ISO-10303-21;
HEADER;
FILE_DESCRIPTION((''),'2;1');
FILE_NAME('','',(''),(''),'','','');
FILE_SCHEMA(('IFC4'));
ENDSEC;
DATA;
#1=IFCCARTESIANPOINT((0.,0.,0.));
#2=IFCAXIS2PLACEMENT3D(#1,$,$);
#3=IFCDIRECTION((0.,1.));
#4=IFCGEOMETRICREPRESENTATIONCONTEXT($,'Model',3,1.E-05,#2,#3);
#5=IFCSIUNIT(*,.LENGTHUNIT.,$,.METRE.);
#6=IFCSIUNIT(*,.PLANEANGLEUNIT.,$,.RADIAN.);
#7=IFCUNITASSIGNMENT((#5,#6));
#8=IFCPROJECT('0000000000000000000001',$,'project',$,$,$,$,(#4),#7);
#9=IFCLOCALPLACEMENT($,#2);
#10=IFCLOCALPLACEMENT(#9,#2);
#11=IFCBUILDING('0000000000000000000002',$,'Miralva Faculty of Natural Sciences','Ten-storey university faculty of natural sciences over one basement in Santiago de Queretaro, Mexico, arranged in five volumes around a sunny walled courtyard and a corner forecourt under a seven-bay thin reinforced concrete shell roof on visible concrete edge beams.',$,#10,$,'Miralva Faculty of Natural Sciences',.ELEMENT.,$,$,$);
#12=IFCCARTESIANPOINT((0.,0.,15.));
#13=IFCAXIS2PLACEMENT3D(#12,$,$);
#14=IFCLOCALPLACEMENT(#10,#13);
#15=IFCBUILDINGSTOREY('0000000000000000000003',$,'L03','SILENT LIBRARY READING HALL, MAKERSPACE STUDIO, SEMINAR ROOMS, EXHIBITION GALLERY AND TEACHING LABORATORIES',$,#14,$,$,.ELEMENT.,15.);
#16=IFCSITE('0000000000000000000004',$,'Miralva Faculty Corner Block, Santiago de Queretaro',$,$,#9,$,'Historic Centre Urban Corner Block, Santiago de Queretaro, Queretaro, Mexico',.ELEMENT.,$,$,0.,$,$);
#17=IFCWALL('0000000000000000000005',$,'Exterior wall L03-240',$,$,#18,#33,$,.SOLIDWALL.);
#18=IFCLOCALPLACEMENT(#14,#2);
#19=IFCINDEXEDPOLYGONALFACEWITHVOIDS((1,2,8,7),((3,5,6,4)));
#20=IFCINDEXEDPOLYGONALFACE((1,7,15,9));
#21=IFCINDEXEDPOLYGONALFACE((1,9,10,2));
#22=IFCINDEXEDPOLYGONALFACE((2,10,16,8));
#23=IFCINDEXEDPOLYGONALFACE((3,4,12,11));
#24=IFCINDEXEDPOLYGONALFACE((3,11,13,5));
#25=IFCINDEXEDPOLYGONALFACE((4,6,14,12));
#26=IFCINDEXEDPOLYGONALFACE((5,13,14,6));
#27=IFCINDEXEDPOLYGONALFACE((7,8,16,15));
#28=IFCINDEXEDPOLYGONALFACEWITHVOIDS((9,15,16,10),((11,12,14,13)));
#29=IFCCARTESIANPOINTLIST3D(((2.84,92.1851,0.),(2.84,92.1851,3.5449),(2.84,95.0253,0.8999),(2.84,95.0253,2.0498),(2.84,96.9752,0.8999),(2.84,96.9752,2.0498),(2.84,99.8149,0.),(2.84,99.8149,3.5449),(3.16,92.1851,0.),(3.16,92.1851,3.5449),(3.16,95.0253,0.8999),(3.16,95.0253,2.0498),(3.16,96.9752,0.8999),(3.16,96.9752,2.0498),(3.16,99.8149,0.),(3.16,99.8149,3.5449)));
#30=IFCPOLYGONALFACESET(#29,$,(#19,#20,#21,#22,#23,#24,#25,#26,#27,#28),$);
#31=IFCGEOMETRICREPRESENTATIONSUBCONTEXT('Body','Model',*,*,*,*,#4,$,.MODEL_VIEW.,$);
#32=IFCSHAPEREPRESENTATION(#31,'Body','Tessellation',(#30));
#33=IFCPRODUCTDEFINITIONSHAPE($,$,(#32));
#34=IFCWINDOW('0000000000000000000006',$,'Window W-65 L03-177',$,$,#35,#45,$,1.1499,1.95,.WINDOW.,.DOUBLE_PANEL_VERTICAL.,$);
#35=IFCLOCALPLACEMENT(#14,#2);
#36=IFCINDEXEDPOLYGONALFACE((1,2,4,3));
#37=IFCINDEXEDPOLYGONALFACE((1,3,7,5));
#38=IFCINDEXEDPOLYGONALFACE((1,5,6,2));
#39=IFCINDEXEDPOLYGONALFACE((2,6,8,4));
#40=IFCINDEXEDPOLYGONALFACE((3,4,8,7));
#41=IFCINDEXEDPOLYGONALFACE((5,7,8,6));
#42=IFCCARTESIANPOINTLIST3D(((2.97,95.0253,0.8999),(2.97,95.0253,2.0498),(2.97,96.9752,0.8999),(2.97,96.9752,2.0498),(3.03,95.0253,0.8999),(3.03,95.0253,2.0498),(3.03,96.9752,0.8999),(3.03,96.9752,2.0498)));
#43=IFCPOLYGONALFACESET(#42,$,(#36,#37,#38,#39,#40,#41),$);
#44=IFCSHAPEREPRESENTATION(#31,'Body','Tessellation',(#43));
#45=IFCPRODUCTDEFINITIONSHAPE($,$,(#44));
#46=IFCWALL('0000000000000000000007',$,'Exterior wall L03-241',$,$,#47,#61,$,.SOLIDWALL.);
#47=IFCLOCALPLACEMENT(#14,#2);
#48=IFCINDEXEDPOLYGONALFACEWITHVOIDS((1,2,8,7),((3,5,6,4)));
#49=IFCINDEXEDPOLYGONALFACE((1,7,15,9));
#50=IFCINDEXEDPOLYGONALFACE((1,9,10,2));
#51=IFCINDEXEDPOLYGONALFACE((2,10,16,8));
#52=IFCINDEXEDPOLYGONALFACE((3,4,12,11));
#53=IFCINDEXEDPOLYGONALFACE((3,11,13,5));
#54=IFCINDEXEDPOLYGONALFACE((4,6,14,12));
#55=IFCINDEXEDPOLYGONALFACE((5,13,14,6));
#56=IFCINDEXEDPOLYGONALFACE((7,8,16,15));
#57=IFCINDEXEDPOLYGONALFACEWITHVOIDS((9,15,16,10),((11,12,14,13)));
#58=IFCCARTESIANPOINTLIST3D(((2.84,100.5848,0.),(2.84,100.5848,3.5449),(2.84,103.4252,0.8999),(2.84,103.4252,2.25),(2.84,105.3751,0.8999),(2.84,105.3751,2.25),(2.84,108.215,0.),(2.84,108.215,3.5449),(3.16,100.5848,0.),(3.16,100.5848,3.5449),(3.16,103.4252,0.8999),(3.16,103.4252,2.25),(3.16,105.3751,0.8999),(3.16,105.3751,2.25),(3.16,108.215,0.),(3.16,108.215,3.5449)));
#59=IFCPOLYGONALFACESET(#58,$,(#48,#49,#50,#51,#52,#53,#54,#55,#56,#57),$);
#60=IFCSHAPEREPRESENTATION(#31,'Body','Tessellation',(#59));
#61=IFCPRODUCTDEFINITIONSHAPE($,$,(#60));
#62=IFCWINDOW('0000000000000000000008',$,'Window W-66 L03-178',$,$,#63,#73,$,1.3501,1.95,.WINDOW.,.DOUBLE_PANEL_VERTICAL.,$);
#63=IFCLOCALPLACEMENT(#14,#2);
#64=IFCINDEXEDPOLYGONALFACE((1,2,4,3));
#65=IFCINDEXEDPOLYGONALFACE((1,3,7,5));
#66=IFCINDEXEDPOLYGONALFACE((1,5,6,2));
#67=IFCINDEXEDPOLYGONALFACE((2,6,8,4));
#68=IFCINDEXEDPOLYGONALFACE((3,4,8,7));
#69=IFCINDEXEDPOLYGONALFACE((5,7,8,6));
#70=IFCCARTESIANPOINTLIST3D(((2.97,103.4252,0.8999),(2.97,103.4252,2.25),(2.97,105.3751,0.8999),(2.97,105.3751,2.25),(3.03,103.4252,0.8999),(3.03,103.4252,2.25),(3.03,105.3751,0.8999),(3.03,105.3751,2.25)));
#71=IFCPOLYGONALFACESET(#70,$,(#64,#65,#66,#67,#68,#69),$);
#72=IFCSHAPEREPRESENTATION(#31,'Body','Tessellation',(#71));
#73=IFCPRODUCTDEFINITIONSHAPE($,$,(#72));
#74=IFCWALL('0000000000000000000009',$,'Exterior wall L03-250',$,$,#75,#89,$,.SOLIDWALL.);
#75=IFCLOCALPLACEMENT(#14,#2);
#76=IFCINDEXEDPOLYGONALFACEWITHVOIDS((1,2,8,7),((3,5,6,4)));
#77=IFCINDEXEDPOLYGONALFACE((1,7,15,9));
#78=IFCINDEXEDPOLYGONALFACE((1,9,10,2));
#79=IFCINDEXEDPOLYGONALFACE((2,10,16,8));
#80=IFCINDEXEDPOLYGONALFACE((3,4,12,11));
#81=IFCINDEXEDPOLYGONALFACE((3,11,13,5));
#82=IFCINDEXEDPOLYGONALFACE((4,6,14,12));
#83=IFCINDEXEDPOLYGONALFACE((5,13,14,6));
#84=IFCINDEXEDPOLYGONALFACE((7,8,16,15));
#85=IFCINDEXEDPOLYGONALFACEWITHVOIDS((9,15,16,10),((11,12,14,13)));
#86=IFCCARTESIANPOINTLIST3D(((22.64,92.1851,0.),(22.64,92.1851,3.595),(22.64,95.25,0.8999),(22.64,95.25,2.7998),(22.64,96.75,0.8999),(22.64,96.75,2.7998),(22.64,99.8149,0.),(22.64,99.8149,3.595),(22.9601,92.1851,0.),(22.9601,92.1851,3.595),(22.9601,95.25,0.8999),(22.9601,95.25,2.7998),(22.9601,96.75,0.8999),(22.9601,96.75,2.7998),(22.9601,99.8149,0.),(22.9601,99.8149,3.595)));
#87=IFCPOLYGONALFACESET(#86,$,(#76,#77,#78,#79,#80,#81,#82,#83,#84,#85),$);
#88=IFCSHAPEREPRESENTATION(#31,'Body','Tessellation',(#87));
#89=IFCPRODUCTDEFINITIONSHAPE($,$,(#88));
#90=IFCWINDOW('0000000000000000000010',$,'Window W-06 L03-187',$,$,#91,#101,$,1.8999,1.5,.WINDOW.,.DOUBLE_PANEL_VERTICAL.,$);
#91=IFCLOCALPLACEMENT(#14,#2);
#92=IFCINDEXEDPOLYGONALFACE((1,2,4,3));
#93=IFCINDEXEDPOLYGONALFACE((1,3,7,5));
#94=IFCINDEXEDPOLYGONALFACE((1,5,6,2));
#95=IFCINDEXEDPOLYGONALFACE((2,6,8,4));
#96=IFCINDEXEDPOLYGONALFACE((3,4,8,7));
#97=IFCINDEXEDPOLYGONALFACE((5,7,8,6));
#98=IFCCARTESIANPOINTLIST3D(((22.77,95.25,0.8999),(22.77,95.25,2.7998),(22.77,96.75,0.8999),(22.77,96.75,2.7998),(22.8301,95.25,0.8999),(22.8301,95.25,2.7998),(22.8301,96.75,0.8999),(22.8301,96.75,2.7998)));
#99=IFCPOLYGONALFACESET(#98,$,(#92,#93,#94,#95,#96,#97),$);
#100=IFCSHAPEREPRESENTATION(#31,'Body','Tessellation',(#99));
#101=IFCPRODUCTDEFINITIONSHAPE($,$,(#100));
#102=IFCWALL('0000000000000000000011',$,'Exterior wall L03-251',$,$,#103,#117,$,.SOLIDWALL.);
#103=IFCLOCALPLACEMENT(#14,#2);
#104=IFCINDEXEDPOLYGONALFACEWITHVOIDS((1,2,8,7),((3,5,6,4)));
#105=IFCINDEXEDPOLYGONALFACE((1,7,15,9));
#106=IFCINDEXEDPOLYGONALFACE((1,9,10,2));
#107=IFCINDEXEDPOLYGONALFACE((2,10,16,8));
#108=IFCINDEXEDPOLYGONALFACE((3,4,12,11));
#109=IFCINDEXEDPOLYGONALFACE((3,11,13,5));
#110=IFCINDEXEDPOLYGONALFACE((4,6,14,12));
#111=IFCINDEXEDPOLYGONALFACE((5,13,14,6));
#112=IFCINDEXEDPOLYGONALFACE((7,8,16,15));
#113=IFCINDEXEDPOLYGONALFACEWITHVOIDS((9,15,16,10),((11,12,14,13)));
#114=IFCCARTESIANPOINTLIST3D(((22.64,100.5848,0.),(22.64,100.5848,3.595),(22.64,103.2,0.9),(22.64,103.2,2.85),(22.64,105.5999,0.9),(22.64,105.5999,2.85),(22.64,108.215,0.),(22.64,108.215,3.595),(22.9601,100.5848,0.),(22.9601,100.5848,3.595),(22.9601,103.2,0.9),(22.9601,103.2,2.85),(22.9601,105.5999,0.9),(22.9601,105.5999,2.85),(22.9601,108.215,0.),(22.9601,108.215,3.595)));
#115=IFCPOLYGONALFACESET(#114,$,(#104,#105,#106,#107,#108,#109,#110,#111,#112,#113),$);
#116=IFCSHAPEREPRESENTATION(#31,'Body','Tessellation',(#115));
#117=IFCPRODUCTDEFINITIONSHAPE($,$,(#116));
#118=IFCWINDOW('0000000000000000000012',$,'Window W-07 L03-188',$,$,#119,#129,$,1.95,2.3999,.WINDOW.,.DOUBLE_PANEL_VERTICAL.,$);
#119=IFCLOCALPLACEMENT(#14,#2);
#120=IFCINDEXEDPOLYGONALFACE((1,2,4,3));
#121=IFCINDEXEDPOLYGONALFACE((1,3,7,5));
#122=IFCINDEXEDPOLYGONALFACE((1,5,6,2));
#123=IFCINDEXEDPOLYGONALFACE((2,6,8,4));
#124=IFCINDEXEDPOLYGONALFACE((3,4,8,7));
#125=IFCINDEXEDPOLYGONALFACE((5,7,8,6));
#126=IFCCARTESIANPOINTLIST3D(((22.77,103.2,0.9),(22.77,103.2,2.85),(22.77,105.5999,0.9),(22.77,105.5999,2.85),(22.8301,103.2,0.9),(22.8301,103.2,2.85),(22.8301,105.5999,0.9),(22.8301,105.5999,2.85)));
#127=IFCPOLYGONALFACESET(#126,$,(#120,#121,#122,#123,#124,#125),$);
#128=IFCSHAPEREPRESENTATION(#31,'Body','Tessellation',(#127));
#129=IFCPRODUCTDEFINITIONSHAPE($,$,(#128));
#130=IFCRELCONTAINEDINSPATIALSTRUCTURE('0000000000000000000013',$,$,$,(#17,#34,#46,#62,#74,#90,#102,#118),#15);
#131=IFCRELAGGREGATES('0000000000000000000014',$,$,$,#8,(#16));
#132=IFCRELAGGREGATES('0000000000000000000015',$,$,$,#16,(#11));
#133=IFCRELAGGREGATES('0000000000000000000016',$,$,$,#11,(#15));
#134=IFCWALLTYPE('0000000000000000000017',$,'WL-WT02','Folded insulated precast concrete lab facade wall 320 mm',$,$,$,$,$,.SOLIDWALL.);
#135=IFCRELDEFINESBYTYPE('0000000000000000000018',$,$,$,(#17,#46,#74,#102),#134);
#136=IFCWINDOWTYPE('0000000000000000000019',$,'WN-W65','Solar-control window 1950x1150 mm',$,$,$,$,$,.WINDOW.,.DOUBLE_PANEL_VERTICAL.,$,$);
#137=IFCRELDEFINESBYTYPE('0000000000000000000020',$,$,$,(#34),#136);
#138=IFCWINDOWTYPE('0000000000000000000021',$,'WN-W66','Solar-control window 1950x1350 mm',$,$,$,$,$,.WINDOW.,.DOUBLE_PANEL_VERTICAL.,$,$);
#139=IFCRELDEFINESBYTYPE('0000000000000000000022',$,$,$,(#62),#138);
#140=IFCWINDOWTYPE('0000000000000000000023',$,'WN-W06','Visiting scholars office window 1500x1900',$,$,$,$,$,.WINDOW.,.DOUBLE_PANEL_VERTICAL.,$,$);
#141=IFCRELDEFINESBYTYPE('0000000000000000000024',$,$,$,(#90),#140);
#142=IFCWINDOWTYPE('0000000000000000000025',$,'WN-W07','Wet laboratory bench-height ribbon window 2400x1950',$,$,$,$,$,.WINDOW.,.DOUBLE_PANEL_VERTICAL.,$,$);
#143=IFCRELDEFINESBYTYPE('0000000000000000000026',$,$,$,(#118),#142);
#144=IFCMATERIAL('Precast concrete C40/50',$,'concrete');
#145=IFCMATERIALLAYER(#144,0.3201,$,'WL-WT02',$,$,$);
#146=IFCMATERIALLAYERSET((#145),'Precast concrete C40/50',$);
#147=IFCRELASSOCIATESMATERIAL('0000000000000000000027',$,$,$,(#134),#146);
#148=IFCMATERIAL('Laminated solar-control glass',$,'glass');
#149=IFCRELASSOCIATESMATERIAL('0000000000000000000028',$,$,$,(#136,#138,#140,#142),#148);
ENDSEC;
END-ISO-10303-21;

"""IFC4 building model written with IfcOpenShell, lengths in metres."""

from ifc_helpers import new_model, si_unit, direction, frame, frame_2d, origin, place, context, subcontext, project, spatial, rectangle, extrude, material, layer, layer_set, type_object, element, fill, save


model = new_model("IFC4")

# Units and contexts
model_context = context("Model", 3, precision=1e-05, world=origin(), true_north=direction((0.0, 1.0)))
body_context = subcontext(model_context, "Body", "Model", "MODEL_VIEW")
ifc_project = project(units=[si_unit("LENGTHUNIT", "METRE"), si_unit("PLANEANGLEUNIT", "RADIAN")], contexts=[model_context])

# Site, building, storey
site_placement = place(None, origin())
site = spatial("IfcSite", under=ifc_project, at=site_placement, Name="Miralva Faculty Corner Block, Santiago de Queretaro", LongName="Historic Centre Urban Corner Block, Santiago de Queretaro, Queretaro, Mexico", CompositionType="ELEMENT", RefElevation=0.0)
building_placement = place(site_placement, origin())
building = spatial("IfcBuilding", under=site, at=building_placement, Name="Miralva Faculty of Natural Sciences", Description="Ten-storey university faculty of natural sciences over one basement in Santiago de Queretaro, Mexico, arranged in five volumes around a sunny walled courtyard and a corner forecourt under a seven-bay thin reinforced concrete shell roof on visible concrete edge beams.", LongName="Miralva Faculty of Natural Sciences", CompositionType="ELEMENT")
storey_placement = place(building_placement, frame((0.0, 0.0, 15.0)))
storey = spatial("IfcBuildingStorey", under=building, at=storey_placement, Name="L03", Description="SILENT LIBRARY READING HALL, MAKERSPACE STUDIO, SEMINAR ROOMS, EXHIBITION GALLERY AND TEACHING LABORATORIES", CompositionType="ELEMENT", Elevation=15.0)

# Walls, openings, windows
ifc_material_1 = material(Name="Precast concrete C40/50", Category="concrete")
ifc_layer = layer(ifc_material_1, 0.3201, Name="WL-WT02")
ifc_layer_set = layer_set([ifc_layer], Name="Precast concrete C40/50")
wall_type = type_object("IfcWallType", Name="WL-WT02", Description="Folded insulated precast concrete lab facade wall 320 mm", PredefinedType="SOLIDWALL", material=ifc_layer_set)
wall_1_placement = place(storey_placement, frame((3.0, 92.1851, 0.0), z_axis=(0.0, 0.0, 1.0), x_axis=(0.0, 1.0, 0.0)))
wall_1 = element("IfcWall", 1, at=wall_1_placement, inside=storey, type_object=wall_type, Name="Exterior wall L03-240", PredefinedType="SOLIDWALL", context=body_context, shape_type="SweptSolid", body=[
    extrude(rectangle(XDim=7.6299, YDim=0.3201, at=frame_2d((3.8149, 0.0))), origin(), (0.0, 0.0, 1.0), 3.5449),
])
opening_1_placement = place(wall_1_placement, frame((2.8401, 0.0, 0.8999)))
opening_1 = element("IfcOpeningElement", 2, at=opening_1_placement, cuts=wall_1, PredefinedType="OPENING", context=body_context, shape_type="SweptSolid", body=[
    extrude(rectangle(XDim=1.95, YDim=1.1499, at=frame_2d((0.9751, 0.575))), frame((0.0, 0.1699, 0.0), z_axis=(0.0, -1.0, 0.0), x_axis=(1.0, 0.0, 0.0)), (0.0, 0.0, 1.0), 0.3401),
])
ifc_material_2 = material(Name="Laminated solar-control glass", Category="glass")
window_type_1 = type_object("IfcWindowType", Name="WN-W65", Description="Solar-control window 1950x1150 mm", PartitioningType="DOUBLE_PANEL_VERTICAL", PredefinedType="WINDOW", material=ifc_material_2)
window_1_placement = place(opening_1_placement, origin())
window_1 = element("IfcWindow", 3, at=window_1_placement, inside=storey, type_object=window_type_1, Name="Window W-65 L03-177", OverallHeight=1.1499, OverallWidth=1.95, PartitioningType="DOUBLE_PANEL_VERTICAL", PredefinedType="WINDOW", context=body_context, shape_type="SweptSolid", body=[
    extrude(rectangle(XDim=1.95, YDim=1.1499, at=frame_2d((0.9751, 0.575))), frame((0.0, 0.03, 0.0), z_axis=(0.0, -1.0, 0.0), x_axis=(1.0, 0.0, 0.0)), (0.0, 0.0, 1.0), 0.0601),
])
fill(opening_1, window_1)
wall_2_placement = place(storey_placement, frame((3.0, 100.585, 0.0), z_axis=(0.0, 0.0, 1.0), x_axis=(0.0, 1.0, 0.0)))
wall_2 = element("IfcWall", 4, at=wall_2_placement, inside=storey, type_object=wall_type, Name="Exterior wall L03-241", PredefinedType="SOLIDWALL", context=body_context, shape_type="SweptSolid", body=[
    extrude(rectangle(XDim=7.6301, YDim=0.3201, at=frame_2d((3.8149, 0.0))), origin(), (0.0, 0.0, 1.0), 3.5449),
])
opening_2_placement = place(wall_2_placement, frame((2.8401, 0.0, 0.8999)))
opening_2 = element("IfcOpeningElement", 5, at=opening_2_placement, cuts=wall_2, PredefinedType="OPENING", context=body_context, shape_type="SweptSolid", body=[
    extrude(rectangle(XDim=1.95, YDim=1.3501, at=frame_2d((0.9751, 0.675))), frame((0.0, 0.1699, 0.0), z_axis=(0.0, -1.0, 0.0), x_axis=(1.0, 0.0, 0.0)), (0.0, 0.0, 1.0), 0.3401),
])
window_type_2 = type_object("IfcWindowType", Name="WN-W66", Description="Solar-control window 1950x1350 mm", PartitioningType="DOUBLE_PANEL_VERTICAL", PredefinedType="WINDOW", material=ifc_material_2)
window_2_placement = place(opening_2_placement, origin())
window_2 = element("IfcWindow", 6, at=window_2_placement, inside=storey, type_object=window_type_2, Name="Window W-66 L03-178", OverallHeight=1.3501, OverallWidth=1.95, PartitioningType="DOUBLE_PANEL_VERTICAL", PredefinedType="WINDOW", context=body_context, shape_type="SweptSolid", body=[
    extrude(rectangle(XDim=1.95, YDim=1.3501, at=frame_2d((0.9751, 0.675))), frame((0.0, 0.03, 0.0), z_axis=(0.0, -1.0, 0.0), x_axis=(1.0, 0.0, 0.0)), (0.0, 0.0, 1.0), 0.0601),
])
fill(opening_2, window_2)
wall_3_placement = place(storey_placement, frame((22.8, 92.1851, 0.0), z_axis=(0.0, 0.0, 1.0), x_axis=(0.0, 1.0, 0.0)))
wall_3 = element("IfcWall", 7, at=wall_3_placement, inside=storey, type_object=wall_type, Name="Exterior wall L03-250", PredefinedType="SOLIDWALL", context=body_context, shape_type="SweptSolid", body=[
    extrude(rectangle(XDim=7.6299, YDim=0.3201, at=frame_2d((3.8149, 0.0))), origin(), (0.0, 0.0, 1.0), 3.595),
])
opening_3_placement = place(wall_3_placement, frame((3.0649, 0.0, 0.8999)))
opening_3 = element("IfcOpeningElement", 8, at=opening_3_placement, cuts=wall_3, PredefinedType="OPENING", context=body_context, shape_type="SweptSolid", body=[
    extrude(rectangle(XDim=1.5, YDim=1.8999, at=frame_2d((0.75, 0.95))), frame((0.0, 0.1699, 0.0), z_axis=(0.0, -1.0, 0.0), x_axis=(1.0, 0.0, 0.0)), (0.0, 0.0, 1.0), 0.3401),
])
window_type_3 = type_object("IfcWindowType", Name="WN-W06", Description="Visiting scholars office window 1500x1900", PartitioningType="DOUBLE_PANEL_VERTICAL", PredefinedType="WINDOW", material=ifc_material_2)
window_3_placement = place(opening_3_placement, frame((1.5, 0.0, 0.0), z_axis=(0.0, 0.0, 1.0), x_axis=(-1.0, 0.0, 0.0)))
window_3 = element("IfcWindow", 9, at=window_3_placement, inside=storey, type_object=window_type_3, Name="Window W-06 L03-187", OverallHeight=1.8999, OverallWidth=1.5, PartitioningType="DOUBLE_PANEL_VERTICAL", PredefinedType="WINDOW", context=body_context, shape_type="SweptSolid", body=[
    extrude(rectangle(XDim=1.5, YDim=1.8999, at=frame_2d((0.75, 0.95))), frame((0.0, 0.03, 0.0), z_axis=(0.0, -1.0, 0.0), x_axis=(1.0, 0.0, 0.0)), (0.0, 0.0, 1.0), 0.0601),
])
fill(opening_3, window_3)
wall_4_placement = place(storey_placement, frame((22.8, 100.585, 0.0), z_axis=(0.0, 0.0, 1.0), x_axis=(0.0, 1.0, 0.0)))
wall_4 = element("IfcWall", 10, at=wall_4_placement, inside=storey, type_object=wall_type, Name="Exterior wall L03-251", PredefinedType="SOLIDWALL", context=body_context, shape_type="SweptSolid", body=[
    extrude(rectangle(XDim=7.6301, YDim=0.3201, at=frame_2d((3.8149, 0.0))), origin(), (0.0, 0.0, 1.0), 3.595),
])
opening_4_placement = place(wall_4_placement, frame((2.615, 0.0, 0.8999)))
opening_4 = element("IfcOpeningElement", 11, at=opening_4_placement, cuts=wall_4, PredefinedType="OPENING", context=body_context, shape_type="SweptSolid", body=[
    extrude(rectangle(XDim=2.3999, YDim=1.95, at=frame_2d((1.2, 0.9751))), frame((0.0, 0.1699, 0.0), z_axis=(0.0, -1.0, 0.0), x_axis=(1.0, 0.0, 0.0)), (0.0, 0.0, 1.0), 0.3401),
])
window_type_4 = type_object("IfcWindowType", Name="WN-W07", Description="Wet laboratory bench-height ribbon window 2400x1950", PartitioningType="DOUBLE_PANEL_VERTICAL", PredefinedType="WINDOW", material=ifc_material_2)
window_4_placement = place(opening_4_placement, frame((2.3999, 0.0, 0.0), z_axis=(0.0, 0.0, 1.0), x_axis=(-1.0, 0.0, 0.0)))
window_4 = element("IfcWindow", 12, at=window_4_placement, inside=storey, type_object=window_type_4, Name="Window W-07 L03-188", OverallHeight=1.95, OverallWidth=2.3999, PartitioningType="DOUBLE_PANEL_VERTICAL", PredefinedType="WINDOW", context=body_context, shape_type="SweptSolid", body=[
    extrude(rectangle(XDim=2.3999, YDim=1.95, at=frame_2d((1.2, 0.9751))), frame((0.0, 0.03, 0.0), z_axis=(0.0, -1.0, 0.0), x_axis=(1.0, 0.0, 0.0)), (0.0, 0.0, 1.0), 0.0601),
])
fill(opening_4, window_4)

save(model, "model.ifc")
